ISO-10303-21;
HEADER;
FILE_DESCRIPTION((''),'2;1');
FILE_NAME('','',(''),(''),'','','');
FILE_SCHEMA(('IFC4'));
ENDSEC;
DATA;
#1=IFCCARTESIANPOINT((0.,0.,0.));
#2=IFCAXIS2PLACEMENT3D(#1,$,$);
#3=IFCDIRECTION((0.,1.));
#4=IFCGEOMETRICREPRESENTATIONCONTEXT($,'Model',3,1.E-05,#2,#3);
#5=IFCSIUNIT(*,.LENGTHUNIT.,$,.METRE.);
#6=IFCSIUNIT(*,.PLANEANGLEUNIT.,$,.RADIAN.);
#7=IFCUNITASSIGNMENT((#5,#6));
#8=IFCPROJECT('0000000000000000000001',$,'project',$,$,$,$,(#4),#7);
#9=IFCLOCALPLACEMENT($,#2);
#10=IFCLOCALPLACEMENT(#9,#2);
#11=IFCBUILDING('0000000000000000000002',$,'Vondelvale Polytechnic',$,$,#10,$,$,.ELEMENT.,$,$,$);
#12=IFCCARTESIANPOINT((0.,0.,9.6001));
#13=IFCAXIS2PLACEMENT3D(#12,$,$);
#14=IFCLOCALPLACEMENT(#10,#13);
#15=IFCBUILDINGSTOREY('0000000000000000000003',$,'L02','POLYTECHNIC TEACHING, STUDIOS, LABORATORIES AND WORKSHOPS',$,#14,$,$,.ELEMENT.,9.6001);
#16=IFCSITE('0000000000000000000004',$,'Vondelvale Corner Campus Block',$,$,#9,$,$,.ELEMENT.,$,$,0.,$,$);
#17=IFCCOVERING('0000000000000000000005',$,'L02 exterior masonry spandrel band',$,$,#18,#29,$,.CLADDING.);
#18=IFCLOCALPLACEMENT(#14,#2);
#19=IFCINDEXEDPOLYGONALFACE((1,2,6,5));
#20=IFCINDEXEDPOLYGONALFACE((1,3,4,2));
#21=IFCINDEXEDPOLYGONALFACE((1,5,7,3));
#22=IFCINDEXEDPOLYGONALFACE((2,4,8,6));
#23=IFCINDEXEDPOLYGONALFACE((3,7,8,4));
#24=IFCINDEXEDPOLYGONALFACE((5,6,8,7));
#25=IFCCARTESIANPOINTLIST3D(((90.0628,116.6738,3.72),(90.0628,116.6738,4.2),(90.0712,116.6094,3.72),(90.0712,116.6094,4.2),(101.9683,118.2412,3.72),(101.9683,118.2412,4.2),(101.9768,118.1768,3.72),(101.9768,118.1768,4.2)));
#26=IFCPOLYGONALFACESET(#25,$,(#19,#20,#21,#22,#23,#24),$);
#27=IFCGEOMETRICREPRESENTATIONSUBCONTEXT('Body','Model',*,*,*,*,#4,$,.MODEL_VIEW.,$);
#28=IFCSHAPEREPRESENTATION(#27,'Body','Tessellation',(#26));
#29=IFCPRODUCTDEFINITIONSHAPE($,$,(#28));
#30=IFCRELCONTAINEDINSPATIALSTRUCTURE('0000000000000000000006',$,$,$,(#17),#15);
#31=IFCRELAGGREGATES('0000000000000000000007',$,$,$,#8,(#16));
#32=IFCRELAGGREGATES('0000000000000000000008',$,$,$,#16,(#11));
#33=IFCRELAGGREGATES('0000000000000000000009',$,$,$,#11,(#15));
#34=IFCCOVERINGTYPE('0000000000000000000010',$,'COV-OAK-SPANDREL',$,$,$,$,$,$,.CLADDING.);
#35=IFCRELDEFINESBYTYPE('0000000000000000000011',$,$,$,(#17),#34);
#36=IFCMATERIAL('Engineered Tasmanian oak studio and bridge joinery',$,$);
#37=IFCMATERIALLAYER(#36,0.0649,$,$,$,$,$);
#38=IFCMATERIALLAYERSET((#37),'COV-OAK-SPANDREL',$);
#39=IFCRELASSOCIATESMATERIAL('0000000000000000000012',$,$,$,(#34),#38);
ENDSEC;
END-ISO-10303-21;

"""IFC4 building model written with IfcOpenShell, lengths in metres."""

from ifc_helpers import new_model, si_unit, direction, frame, origin, origin_2d, place, context, subcontext, project, spatial, rectangle, extrude, material, layer, layer_set, type_object, element, save


model = new_model("IFC4")

# Units and contexts
model_context = context("Model", 3, precision=1e-05, world=origin(), true_north=direction((0.0, 1.0)))
body_context = subcontext(model_context, "Body", "Model", "MODEL_VIEW")
ifc_project = project(units=[si_unit("LENGTHUNIT", "METRE"), si_unit("PLANEANGLEUNIT", "RADIAN")], contexts=[model_context])

# Site, building, storey
site_placement = place(None, origin())
site = spatial("IfcSite", under=ifc_project, at=site_placement, Name="Vondelvale Corner Campus Block", CompositionType="ELEMENT", RefElevation=0.0)
building_placement = place(site_placement, origin())
building = spatial("IfcBuilding", under=site, at=building_placement, Name="Vondelvale Polytechnic", CompositionType="ELEMENT")
storey_placement = place(building_placement, frame((0.0, 0.0, 9.6001)))
storey = spatial("IfcBuildingStorey", under=building, at=storey_placement, Name="L02", Description="POLYTECHNIC TEACHING, STUDIOS, LABORATORIES AND WORKSHOPS", CompositionType="ELEMENT", Elevation=9.6001)

# Shared definitions
ifc_material_1 = material(Name="Engineered Tasmanian oak studio and bridge joinery")

# Covering
ifc_layer_1 = layer(ifc_material_1, 0.0649)
ifc_layer_set_1 = layer_set([ifc_layer_1], Name="COV-OAK-SPANDREL")
covering_type = type_object("IfcCoveringType", Name="COV-OAK-SPANDREL", PredefinedType="CLADDING", material=ifc_layer_set_1)
covering_placement = place(storey_placement, frame((96.0198, 117.4253, 3.72), z_axis=(0.0, 0.0, 1.0), x_axis=(-0.991445, -0.130526, 0.0)))
element("IfcCovering", 1, at=covering_placement, inside=storey, type_object=covering_type, Name="L02 exterior masonry spandrel band", PredefinedType="CLADDING", context=body_context, shape_type="SweptSolid", body=[
    extrude(rectangle(XDim=12.0083, YDim=0.0649, at=origin_2d()), origin(), (0.0, 0.0, 1.0), 0.48),
])

save(model, "model.ifc")
